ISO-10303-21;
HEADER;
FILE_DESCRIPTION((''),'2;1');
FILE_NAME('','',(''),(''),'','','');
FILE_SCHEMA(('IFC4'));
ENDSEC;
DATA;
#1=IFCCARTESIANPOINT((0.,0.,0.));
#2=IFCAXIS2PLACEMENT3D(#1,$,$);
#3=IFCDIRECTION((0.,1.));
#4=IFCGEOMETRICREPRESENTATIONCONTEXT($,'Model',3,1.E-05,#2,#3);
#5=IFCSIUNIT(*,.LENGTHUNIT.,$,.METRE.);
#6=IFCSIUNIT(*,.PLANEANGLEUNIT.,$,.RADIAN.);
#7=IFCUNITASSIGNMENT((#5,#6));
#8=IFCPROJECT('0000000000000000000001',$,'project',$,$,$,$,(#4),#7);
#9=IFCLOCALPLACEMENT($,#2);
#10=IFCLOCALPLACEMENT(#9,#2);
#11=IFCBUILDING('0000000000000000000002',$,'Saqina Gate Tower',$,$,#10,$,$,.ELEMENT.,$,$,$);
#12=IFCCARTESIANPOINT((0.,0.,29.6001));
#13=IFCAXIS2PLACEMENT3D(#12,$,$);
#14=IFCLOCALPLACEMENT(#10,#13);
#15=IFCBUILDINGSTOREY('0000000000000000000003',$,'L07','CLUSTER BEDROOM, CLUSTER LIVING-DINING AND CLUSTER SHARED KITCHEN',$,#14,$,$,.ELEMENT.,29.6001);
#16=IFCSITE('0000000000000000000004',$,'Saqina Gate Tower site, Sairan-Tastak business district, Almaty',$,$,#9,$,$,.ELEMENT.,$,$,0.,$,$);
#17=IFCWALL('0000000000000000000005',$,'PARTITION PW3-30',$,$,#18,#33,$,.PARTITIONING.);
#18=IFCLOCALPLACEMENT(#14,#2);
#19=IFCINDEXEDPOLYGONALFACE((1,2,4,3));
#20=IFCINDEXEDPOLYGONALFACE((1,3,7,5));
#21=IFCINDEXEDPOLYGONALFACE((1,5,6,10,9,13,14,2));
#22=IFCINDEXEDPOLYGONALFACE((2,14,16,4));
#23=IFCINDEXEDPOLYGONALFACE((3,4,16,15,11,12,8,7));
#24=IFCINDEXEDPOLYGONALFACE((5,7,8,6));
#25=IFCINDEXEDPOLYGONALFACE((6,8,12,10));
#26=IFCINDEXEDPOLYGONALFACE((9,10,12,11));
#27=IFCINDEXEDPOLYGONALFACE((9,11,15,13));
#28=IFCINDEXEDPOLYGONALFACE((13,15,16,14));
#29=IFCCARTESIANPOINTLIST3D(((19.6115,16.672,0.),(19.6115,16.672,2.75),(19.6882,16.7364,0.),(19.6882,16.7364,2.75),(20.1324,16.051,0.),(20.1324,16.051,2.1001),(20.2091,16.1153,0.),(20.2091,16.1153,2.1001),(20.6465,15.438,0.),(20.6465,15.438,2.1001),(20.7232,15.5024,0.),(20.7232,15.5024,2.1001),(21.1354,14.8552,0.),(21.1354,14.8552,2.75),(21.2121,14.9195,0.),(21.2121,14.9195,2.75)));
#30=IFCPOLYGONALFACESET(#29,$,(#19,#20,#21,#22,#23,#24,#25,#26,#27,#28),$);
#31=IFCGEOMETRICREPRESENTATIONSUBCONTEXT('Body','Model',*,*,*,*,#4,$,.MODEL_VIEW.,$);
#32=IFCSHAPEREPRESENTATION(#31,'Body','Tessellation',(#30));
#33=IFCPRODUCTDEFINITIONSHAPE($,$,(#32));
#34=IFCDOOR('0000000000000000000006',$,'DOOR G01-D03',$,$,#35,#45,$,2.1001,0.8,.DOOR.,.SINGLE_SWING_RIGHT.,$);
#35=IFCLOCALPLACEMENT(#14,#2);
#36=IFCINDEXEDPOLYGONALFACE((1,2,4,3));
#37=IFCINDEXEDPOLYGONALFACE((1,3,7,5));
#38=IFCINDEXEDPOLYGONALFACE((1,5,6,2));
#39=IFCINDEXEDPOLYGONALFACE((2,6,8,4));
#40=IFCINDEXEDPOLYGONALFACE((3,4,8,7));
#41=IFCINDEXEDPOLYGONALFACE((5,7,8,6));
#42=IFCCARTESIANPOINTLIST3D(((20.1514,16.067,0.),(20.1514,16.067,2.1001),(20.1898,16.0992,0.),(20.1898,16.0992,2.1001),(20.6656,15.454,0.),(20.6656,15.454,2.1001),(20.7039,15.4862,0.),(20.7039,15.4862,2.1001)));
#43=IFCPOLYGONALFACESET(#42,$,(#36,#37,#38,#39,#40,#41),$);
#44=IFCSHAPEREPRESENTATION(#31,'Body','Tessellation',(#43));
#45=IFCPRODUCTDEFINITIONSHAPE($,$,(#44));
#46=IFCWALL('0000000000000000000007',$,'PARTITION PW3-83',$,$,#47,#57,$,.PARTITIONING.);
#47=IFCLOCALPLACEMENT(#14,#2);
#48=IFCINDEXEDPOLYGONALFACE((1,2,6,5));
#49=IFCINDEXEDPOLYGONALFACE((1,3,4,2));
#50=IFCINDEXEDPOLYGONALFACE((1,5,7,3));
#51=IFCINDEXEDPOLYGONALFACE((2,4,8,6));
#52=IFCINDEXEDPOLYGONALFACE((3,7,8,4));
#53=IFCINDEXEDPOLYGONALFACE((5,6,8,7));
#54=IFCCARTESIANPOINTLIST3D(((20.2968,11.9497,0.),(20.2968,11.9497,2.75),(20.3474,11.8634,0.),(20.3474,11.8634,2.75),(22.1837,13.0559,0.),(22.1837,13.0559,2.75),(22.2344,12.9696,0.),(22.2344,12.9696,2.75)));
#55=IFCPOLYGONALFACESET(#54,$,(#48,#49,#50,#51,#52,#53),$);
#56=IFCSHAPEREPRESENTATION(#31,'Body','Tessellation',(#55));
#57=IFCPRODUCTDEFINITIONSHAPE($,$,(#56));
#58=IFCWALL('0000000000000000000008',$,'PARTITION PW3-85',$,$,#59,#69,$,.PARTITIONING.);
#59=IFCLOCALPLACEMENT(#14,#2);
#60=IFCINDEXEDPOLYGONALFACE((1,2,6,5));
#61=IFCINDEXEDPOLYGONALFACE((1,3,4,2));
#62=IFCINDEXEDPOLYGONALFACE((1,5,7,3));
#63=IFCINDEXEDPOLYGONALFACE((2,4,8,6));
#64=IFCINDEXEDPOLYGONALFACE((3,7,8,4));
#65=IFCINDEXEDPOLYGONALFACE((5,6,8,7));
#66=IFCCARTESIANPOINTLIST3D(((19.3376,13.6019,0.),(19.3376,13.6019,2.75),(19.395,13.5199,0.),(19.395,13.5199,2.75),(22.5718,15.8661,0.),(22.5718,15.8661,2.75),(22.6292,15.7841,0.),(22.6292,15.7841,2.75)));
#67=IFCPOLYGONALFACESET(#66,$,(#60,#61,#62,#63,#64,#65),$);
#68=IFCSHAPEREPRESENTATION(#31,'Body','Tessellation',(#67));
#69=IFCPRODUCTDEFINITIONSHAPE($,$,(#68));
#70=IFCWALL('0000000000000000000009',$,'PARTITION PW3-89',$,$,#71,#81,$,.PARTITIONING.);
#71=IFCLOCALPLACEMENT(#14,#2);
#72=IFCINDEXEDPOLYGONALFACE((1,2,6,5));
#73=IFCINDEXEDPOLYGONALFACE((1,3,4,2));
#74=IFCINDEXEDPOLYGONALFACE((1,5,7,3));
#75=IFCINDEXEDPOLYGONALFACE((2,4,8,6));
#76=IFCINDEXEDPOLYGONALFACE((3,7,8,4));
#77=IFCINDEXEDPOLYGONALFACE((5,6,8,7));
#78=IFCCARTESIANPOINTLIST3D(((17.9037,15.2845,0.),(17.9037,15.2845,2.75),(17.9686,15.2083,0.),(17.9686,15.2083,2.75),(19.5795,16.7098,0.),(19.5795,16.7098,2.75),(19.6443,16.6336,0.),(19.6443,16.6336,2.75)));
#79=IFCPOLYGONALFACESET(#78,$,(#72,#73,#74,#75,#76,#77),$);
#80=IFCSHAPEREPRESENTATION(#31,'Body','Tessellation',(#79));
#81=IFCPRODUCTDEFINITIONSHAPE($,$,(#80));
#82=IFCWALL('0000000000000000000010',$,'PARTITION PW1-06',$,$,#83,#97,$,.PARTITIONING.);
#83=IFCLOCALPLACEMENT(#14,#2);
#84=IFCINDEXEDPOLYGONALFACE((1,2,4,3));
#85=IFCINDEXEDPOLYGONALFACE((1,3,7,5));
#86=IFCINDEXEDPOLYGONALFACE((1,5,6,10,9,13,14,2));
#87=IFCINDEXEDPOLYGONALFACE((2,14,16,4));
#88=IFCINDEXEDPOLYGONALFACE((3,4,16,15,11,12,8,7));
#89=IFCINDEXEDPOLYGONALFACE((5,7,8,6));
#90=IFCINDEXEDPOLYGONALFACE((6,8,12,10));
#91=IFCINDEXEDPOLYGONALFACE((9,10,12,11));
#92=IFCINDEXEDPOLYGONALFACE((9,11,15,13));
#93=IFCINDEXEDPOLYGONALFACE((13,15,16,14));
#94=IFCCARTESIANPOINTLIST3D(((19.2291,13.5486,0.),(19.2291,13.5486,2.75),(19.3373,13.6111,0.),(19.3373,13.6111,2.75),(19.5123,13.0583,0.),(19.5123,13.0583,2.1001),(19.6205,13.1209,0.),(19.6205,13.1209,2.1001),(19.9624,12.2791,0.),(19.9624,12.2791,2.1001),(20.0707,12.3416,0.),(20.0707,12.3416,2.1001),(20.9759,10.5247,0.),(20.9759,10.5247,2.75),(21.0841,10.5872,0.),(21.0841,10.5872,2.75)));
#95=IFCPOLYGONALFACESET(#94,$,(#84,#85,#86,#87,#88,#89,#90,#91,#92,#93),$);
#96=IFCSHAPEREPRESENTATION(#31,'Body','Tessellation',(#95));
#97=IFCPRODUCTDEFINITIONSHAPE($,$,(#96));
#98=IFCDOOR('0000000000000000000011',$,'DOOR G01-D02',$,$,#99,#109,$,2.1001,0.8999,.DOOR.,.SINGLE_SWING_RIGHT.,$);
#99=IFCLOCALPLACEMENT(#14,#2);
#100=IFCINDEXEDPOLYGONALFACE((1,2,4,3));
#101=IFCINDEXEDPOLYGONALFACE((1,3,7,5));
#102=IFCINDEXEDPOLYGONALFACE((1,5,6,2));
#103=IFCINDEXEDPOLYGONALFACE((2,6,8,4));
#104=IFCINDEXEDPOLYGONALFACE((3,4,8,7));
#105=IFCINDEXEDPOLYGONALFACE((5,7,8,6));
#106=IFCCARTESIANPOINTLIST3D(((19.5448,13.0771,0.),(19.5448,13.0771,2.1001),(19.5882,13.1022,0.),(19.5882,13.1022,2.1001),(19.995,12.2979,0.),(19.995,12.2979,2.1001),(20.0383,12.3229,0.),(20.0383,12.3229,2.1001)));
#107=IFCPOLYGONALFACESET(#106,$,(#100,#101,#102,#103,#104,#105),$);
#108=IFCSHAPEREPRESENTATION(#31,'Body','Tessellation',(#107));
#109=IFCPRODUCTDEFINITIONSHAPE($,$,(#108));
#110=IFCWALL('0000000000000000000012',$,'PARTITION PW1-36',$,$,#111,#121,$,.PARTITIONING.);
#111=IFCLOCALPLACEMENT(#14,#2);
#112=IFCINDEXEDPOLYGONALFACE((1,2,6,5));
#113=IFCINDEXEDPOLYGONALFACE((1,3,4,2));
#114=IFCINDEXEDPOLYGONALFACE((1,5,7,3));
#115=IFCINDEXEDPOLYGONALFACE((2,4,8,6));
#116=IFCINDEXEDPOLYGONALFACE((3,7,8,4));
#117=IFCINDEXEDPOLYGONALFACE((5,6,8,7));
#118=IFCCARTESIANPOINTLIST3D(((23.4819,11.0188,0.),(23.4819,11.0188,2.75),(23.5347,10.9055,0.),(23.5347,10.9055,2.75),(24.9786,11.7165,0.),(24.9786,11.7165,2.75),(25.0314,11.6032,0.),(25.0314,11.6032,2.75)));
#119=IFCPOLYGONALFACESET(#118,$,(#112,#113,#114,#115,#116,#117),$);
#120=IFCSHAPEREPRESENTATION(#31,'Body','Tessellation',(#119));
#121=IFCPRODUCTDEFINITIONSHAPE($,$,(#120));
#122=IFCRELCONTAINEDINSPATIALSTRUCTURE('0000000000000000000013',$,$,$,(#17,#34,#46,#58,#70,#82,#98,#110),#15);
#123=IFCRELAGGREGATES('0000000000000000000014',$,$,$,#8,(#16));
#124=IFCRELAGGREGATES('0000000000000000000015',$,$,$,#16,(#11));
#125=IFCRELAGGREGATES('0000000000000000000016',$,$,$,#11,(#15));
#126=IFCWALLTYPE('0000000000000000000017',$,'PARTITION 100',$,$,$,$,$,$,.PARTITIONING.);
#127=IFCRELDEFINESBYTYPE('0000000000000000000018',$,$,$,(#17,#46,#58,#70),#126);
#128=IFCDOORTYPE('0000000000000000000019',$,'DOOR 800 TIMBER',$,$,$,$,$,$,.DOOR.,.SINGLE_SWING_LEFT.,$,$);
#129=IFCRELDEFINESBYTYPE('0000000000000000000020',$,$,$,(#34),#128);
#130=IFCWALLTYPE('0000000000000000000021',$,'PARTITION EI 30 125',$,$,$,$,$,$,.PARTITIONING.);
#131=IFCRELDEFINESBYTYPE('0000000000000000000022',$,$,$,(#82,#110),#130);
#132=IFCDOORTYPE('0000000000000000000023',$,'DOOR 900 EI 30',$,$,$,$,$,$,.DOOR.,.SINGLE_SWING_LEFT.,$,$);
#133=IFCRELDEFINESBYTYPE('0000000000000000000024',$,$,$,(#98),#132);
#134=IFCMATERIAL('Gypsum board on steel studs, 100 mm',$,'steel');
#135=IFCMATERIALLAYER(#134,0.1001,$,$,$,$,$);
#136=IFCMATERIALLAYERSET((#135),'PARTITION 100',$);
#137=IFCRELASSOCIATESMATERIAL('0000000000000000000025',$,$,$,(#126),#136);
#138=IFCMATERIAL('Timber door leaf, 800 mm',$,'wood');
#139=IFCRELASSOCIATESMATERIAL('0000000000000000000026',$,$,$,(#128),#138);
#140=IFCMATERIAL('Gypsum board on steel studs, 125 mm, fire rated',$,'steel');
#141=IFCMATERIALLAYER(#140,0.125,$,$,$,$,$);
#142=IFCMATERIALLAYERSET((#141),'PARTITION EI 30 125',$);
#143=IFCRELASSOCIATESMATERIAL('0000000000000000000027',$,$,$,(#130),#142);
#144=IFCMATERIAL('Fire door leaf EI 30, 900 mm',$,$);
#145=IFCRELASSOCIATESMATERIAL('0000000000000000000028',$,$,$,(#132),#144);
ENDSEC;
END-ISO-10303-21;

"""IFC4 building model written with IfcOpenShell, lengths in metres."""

from ifc_helpers import new_model, si_unit, direction, frame, frame_2d, origin, place, context, subcontext, project, spatial, rectangle, extrude, material, layer, layer_set, type_object, element, fill, save


model = new_model("IFC4")

# Units and contexts
model_context = context("Model", 3, precision=1e-05, world=origin(), true_north=direction((0.0, 1.0)))
body_context = subcontext(model_context, "Body", "Model", "MODEL_VIEW")
ifc_project = project(units=[si_unit("LENGTHUNIT", "METRE"), si_unit("PLANEANGLEUNIT", "RADIAN")], contexts=[model_context])

# Site, building, storey
site_placement = place(None, origin())
site = spatial("IfcSite", under=ifc_project, at=site_placement, Name="Saqina Gate Tower site, Sairan-Tastak business district, Almaty", CompositionType="ELEMENT", RefElevation=0.0)
building_placement = place(site_placement, origin())
building = spatial("IfcBuilding", under=site, at=building_placement, Name="Saqina Gate Tower", CompositionType="ELEMENT")
storey_placement = place(building_placement, frame((0.0, 0.0, 29.6001)))
storey = spatial("IfcBuildingStorey", under=building, at=storey_placement, Name="L07", Description="CLUSTER BEDROOM, CLUSTER LIVING-DINING AND CLUSTER SHARED KITCHEN", CompositionType="ELEMENT", Elevation=29.6001)

# Shared definitions
ifc_material_1 = material(Name="Gypsum board on steel studs, 100 mm", Category="steel")
ifc_layer_1 = layer(ifc_material_1, 0.1001)
ifc_layer_set_1 = layer_set([ifc_layer_1], Name="PARTITION 100")
wall_type_1 = type_object("IfcWallType", Name="PARTITION 100", PredefinedType="PARTITIONING", material=ifc_layer_set_1)
ifc_material_2 = material(Name="Timber door leaf, 800 mm", Category="wood")
door_type_1 = type_object("IfcDoorType", Name="DOOR 800 TIMBER", OperationType="SINGLE_SWING_LEFT", PredefinedType="DOOR", material=ifc_material_2)

# Wall, opening, door
wall_1_placement = place(storey_placement, frame((19.6499, 16.7041, 0.0), z_axis=(0.0, 0.0, 1.0), x_axis=(0.642632, -0.766175, 0.0)))
wall_1 = element("IfcWall", 1, at=wall_1_placement, inside=storey, type_object=wall_type_1, Name="PARTITION PW3-30", PredefinedType="PARTITIONING", context=body_context, shape_type="SweptSolid", body=[
    extrude(rectangle(XDim=2.3713, YDim=0.1001, at=frame_2d((1.1855, 0.0))), origin(), (0.0, 0.0, 1.0), 2.75),
])
opening_1_placement = place(wall_1_placement, frame((0.8105, 0.0, 0.0)))
opening_1 = element("IfcOpeningElement", 2, at=opening_1_placement, cuts=wall_1, PredefinedType="OPENING", context=body_context, shape_type="SweptSolid", body=[
    extrude(rectangle(XDim=0.8, YDim=2.1001, at=frame_2d((0.3999, 1.05))), frame((0.0, 0.062, 0.0), z_axis=(0.0, -1.0, 0.0), x_axis=(1.0, 0.0, 0.0)), (0.0, 0.0, 1.0), 0.124),
])
door_1_placement = place(opening_1_placement, origin())
door_1 = element("IfcDoor", 3, at=door_1_placement, inside=storey, type_object=door_type_1, Name="DOOR G01-D03", OperationType="SINGLE_SWING_RIGHT", OverallHeight=2.1001, OverallWidth=0.8, PredefinedType="DOOR", context=body_context, shape_type="SweptSolid", body=[
    extrude(rectangle(XDim=0.8, YDim=2.1001, at=frame_2d((0.3999, 1.05))), frame((0.0, 0.0249, 0.0), z_axis=(0.0, -1.0, 0.0), x_axis=(1.0, 0.0, 0.0)), (0.0, 0.0, 1.0), 0.05),
])
fill(opening_1, door_1)

# Walls
wall_2_placement = place(storey_placement, frame((20.322, 11.9065, 0.0), z_axis=(0.0, 0.0, 1.0), x_axis=(0.862688, 0.505737, 0.0)))
element("IfcWall", 4, at=wall_2_placement, inside=storey, type_object=wall_type_1, Name="PARTITION PW3-83", PredefinedType="PARTITIONING", context=body_context, shape_type="SweptSolid", body=[
    extrude(rectangle(XDim=2.1873, YDim=0.1001, at=frame_2d((1.0938, 0.0))), origin(), (0.0, 0.0, 1.0), 2.75),
])
wall_3_placement = place(storey_placement, frame((19.3662, 13.5608, 0.0), z_axis=(0.0, 0.0, 1.0), x_axis=(0.8192, 0.573508, 0.0)))
element("IfcWall", 5, at=wall_3_placement, inside=storey, type_object=wall_type_1, Name="PARTITION PW3-85", PredefinedType="PARTITIONING", context=body_context, shape_type="SweptSolid", body=[
    extrude(rectangle(XDim=3.948, YDim=0.1001, at=frame_2d((1.9741, 0.0))), origin(), (0.0, 0.0, 1.0), 2.75),
])
wall_4_placement = place(storey_placement, frame((17.936, 15.2463, 0.0), z_axis=(0.0, 0.0, 1.0), x_axis=(0.761742, 0.64788, 0.0)))
element("IfcWall", 6, at=wall_4_placement, inside=storey, type_object=wall_type_1, Name="PARTITION PW3-89", PredefinedType="PARTITIONING", context=body_context, shape_type="SweptSolid", body=[
    extrude(rectangle(XDim=2.2, YDim=0.1001, at=frame_2d((1.1001, 0.0))), origin(), (0.0, 0.0, 1.0), 2.75),
])

# Wall, opening, door
ifc_material_3 = material(Name="Gypsum board on steel studs, 125 mm, fire rated", Category="steel")
ifc_layer_2 = layer(ifc_material_3, 0.125)
ifc_layer_set_2 = layer_set([ifc_layer_2], Name="PARTITION EI 30 125")
wall_type_2 = type_object("IfcWallType", Name="PARTITION EI 30 125", PredefinedType="PARTITIONING", material=ifc_layer_set_2)
wall_5_placement = place(storey_placement, frame((19.2832, 13.5798, 0.0), z_axis=(0.0, 0.0, 1.0), x_axis=(0.500207, -0.865906, 0.0)))
wall_5 = element("IfcWall", 7, at=wall_5_placement, inside=storey, type_object=wall_type_2, Name="PARTITION PW1-06", PredefinedType="PARTITIONING", context=body_context, shape_type="SweptSolid", body=[
    extrude(rectangle(XDim=3.4922, YDim=0.125, at=frame_2d((1.7461, 0.0))), origin(), (0.0, 0.0, 1.0), 2.75),
])
opening_2_placement = place(wall_5_placement, frame((0.5662, 0.0, 0.0)))
opening_2 = element("IfcOpeningElement", 8, at=opening_2_placement, cuts=wall_5, PredefinedType="OPENING", context=body_context, shape_type="SweptSolid", body=[
    extrude(rectangle(XDim=0.8999, YDim=2.1001, at=frame_2d((0.45, 1.05))), frame((0.0, 0.0745, 0.0), z_axis=(0.0, -1.0, 0.0), x_axis=(1.0, 0.0, 0.0)), (0.0, 0.0, 1.0), 0.1489),
])
ifc_material_4 = material(Name="Fire door leaf EI 30, 900 mm")
door_type_2 = type_object("IfcDoorType", Name="DOOR 900 EI 30", OperationType="SINGLE_SWING_LEFT", PredefinedType="DOOR", material=ifc_material_4)
door_2_placement = place(opening_2_placement, frame((0.8999, 0.0, 0.0), z_axis=(0.0, 0.0, 1.0), x_axis=(-1.0, 0.0, 0.0)))
door_2 = element("IfcDoor", 9, at=door_2_placement, inside=storey, type_object=door_type_2, Name="DOOR G01-D02", OperationType="SINGLE_SWING_RIGHT", OverallHeight=2.1001, OverallWidth=0.8999, PredefinedType="DOOR", context=body_context, shape_type="SweptSolid", body=[
    extrude(rectangle(XDim=0.8999, YDim=2.1001, at=frame_2d((0.45, 1.05))), frame((0.0, 0.0249, 0.0), z_axis=(0.0, -1.0, 0.0), x_axis=(1.0, 0.0, 0.0)), (0.0, 0.0, 1.0), 0.05),
])
fill(opening_2, door_2)

# Wall
wall_6_placement = place(storey_placement, frame((23.5083, 10.9622, 0.0), z_axis=(0.0, 0.0, 1.0), x_axis=(0.906361, 0.422505, 0.0)))
element("IfcWall", 10, at=wall_6_placement, inside=storey, type_object=wall_type_2, Name="PARTITION PW1-36", PredefinedType="PARTITIONING", context=body_context, shape_type="SweptSolid", body=[
    extrude(rectangle(XDim=1.6514, YDim=0.125, at=frame_2d((0.8257, 0.0))), origin(), (0.0, 0.0, 1.0), 2.75),
])

save(model, "model.ifc")
